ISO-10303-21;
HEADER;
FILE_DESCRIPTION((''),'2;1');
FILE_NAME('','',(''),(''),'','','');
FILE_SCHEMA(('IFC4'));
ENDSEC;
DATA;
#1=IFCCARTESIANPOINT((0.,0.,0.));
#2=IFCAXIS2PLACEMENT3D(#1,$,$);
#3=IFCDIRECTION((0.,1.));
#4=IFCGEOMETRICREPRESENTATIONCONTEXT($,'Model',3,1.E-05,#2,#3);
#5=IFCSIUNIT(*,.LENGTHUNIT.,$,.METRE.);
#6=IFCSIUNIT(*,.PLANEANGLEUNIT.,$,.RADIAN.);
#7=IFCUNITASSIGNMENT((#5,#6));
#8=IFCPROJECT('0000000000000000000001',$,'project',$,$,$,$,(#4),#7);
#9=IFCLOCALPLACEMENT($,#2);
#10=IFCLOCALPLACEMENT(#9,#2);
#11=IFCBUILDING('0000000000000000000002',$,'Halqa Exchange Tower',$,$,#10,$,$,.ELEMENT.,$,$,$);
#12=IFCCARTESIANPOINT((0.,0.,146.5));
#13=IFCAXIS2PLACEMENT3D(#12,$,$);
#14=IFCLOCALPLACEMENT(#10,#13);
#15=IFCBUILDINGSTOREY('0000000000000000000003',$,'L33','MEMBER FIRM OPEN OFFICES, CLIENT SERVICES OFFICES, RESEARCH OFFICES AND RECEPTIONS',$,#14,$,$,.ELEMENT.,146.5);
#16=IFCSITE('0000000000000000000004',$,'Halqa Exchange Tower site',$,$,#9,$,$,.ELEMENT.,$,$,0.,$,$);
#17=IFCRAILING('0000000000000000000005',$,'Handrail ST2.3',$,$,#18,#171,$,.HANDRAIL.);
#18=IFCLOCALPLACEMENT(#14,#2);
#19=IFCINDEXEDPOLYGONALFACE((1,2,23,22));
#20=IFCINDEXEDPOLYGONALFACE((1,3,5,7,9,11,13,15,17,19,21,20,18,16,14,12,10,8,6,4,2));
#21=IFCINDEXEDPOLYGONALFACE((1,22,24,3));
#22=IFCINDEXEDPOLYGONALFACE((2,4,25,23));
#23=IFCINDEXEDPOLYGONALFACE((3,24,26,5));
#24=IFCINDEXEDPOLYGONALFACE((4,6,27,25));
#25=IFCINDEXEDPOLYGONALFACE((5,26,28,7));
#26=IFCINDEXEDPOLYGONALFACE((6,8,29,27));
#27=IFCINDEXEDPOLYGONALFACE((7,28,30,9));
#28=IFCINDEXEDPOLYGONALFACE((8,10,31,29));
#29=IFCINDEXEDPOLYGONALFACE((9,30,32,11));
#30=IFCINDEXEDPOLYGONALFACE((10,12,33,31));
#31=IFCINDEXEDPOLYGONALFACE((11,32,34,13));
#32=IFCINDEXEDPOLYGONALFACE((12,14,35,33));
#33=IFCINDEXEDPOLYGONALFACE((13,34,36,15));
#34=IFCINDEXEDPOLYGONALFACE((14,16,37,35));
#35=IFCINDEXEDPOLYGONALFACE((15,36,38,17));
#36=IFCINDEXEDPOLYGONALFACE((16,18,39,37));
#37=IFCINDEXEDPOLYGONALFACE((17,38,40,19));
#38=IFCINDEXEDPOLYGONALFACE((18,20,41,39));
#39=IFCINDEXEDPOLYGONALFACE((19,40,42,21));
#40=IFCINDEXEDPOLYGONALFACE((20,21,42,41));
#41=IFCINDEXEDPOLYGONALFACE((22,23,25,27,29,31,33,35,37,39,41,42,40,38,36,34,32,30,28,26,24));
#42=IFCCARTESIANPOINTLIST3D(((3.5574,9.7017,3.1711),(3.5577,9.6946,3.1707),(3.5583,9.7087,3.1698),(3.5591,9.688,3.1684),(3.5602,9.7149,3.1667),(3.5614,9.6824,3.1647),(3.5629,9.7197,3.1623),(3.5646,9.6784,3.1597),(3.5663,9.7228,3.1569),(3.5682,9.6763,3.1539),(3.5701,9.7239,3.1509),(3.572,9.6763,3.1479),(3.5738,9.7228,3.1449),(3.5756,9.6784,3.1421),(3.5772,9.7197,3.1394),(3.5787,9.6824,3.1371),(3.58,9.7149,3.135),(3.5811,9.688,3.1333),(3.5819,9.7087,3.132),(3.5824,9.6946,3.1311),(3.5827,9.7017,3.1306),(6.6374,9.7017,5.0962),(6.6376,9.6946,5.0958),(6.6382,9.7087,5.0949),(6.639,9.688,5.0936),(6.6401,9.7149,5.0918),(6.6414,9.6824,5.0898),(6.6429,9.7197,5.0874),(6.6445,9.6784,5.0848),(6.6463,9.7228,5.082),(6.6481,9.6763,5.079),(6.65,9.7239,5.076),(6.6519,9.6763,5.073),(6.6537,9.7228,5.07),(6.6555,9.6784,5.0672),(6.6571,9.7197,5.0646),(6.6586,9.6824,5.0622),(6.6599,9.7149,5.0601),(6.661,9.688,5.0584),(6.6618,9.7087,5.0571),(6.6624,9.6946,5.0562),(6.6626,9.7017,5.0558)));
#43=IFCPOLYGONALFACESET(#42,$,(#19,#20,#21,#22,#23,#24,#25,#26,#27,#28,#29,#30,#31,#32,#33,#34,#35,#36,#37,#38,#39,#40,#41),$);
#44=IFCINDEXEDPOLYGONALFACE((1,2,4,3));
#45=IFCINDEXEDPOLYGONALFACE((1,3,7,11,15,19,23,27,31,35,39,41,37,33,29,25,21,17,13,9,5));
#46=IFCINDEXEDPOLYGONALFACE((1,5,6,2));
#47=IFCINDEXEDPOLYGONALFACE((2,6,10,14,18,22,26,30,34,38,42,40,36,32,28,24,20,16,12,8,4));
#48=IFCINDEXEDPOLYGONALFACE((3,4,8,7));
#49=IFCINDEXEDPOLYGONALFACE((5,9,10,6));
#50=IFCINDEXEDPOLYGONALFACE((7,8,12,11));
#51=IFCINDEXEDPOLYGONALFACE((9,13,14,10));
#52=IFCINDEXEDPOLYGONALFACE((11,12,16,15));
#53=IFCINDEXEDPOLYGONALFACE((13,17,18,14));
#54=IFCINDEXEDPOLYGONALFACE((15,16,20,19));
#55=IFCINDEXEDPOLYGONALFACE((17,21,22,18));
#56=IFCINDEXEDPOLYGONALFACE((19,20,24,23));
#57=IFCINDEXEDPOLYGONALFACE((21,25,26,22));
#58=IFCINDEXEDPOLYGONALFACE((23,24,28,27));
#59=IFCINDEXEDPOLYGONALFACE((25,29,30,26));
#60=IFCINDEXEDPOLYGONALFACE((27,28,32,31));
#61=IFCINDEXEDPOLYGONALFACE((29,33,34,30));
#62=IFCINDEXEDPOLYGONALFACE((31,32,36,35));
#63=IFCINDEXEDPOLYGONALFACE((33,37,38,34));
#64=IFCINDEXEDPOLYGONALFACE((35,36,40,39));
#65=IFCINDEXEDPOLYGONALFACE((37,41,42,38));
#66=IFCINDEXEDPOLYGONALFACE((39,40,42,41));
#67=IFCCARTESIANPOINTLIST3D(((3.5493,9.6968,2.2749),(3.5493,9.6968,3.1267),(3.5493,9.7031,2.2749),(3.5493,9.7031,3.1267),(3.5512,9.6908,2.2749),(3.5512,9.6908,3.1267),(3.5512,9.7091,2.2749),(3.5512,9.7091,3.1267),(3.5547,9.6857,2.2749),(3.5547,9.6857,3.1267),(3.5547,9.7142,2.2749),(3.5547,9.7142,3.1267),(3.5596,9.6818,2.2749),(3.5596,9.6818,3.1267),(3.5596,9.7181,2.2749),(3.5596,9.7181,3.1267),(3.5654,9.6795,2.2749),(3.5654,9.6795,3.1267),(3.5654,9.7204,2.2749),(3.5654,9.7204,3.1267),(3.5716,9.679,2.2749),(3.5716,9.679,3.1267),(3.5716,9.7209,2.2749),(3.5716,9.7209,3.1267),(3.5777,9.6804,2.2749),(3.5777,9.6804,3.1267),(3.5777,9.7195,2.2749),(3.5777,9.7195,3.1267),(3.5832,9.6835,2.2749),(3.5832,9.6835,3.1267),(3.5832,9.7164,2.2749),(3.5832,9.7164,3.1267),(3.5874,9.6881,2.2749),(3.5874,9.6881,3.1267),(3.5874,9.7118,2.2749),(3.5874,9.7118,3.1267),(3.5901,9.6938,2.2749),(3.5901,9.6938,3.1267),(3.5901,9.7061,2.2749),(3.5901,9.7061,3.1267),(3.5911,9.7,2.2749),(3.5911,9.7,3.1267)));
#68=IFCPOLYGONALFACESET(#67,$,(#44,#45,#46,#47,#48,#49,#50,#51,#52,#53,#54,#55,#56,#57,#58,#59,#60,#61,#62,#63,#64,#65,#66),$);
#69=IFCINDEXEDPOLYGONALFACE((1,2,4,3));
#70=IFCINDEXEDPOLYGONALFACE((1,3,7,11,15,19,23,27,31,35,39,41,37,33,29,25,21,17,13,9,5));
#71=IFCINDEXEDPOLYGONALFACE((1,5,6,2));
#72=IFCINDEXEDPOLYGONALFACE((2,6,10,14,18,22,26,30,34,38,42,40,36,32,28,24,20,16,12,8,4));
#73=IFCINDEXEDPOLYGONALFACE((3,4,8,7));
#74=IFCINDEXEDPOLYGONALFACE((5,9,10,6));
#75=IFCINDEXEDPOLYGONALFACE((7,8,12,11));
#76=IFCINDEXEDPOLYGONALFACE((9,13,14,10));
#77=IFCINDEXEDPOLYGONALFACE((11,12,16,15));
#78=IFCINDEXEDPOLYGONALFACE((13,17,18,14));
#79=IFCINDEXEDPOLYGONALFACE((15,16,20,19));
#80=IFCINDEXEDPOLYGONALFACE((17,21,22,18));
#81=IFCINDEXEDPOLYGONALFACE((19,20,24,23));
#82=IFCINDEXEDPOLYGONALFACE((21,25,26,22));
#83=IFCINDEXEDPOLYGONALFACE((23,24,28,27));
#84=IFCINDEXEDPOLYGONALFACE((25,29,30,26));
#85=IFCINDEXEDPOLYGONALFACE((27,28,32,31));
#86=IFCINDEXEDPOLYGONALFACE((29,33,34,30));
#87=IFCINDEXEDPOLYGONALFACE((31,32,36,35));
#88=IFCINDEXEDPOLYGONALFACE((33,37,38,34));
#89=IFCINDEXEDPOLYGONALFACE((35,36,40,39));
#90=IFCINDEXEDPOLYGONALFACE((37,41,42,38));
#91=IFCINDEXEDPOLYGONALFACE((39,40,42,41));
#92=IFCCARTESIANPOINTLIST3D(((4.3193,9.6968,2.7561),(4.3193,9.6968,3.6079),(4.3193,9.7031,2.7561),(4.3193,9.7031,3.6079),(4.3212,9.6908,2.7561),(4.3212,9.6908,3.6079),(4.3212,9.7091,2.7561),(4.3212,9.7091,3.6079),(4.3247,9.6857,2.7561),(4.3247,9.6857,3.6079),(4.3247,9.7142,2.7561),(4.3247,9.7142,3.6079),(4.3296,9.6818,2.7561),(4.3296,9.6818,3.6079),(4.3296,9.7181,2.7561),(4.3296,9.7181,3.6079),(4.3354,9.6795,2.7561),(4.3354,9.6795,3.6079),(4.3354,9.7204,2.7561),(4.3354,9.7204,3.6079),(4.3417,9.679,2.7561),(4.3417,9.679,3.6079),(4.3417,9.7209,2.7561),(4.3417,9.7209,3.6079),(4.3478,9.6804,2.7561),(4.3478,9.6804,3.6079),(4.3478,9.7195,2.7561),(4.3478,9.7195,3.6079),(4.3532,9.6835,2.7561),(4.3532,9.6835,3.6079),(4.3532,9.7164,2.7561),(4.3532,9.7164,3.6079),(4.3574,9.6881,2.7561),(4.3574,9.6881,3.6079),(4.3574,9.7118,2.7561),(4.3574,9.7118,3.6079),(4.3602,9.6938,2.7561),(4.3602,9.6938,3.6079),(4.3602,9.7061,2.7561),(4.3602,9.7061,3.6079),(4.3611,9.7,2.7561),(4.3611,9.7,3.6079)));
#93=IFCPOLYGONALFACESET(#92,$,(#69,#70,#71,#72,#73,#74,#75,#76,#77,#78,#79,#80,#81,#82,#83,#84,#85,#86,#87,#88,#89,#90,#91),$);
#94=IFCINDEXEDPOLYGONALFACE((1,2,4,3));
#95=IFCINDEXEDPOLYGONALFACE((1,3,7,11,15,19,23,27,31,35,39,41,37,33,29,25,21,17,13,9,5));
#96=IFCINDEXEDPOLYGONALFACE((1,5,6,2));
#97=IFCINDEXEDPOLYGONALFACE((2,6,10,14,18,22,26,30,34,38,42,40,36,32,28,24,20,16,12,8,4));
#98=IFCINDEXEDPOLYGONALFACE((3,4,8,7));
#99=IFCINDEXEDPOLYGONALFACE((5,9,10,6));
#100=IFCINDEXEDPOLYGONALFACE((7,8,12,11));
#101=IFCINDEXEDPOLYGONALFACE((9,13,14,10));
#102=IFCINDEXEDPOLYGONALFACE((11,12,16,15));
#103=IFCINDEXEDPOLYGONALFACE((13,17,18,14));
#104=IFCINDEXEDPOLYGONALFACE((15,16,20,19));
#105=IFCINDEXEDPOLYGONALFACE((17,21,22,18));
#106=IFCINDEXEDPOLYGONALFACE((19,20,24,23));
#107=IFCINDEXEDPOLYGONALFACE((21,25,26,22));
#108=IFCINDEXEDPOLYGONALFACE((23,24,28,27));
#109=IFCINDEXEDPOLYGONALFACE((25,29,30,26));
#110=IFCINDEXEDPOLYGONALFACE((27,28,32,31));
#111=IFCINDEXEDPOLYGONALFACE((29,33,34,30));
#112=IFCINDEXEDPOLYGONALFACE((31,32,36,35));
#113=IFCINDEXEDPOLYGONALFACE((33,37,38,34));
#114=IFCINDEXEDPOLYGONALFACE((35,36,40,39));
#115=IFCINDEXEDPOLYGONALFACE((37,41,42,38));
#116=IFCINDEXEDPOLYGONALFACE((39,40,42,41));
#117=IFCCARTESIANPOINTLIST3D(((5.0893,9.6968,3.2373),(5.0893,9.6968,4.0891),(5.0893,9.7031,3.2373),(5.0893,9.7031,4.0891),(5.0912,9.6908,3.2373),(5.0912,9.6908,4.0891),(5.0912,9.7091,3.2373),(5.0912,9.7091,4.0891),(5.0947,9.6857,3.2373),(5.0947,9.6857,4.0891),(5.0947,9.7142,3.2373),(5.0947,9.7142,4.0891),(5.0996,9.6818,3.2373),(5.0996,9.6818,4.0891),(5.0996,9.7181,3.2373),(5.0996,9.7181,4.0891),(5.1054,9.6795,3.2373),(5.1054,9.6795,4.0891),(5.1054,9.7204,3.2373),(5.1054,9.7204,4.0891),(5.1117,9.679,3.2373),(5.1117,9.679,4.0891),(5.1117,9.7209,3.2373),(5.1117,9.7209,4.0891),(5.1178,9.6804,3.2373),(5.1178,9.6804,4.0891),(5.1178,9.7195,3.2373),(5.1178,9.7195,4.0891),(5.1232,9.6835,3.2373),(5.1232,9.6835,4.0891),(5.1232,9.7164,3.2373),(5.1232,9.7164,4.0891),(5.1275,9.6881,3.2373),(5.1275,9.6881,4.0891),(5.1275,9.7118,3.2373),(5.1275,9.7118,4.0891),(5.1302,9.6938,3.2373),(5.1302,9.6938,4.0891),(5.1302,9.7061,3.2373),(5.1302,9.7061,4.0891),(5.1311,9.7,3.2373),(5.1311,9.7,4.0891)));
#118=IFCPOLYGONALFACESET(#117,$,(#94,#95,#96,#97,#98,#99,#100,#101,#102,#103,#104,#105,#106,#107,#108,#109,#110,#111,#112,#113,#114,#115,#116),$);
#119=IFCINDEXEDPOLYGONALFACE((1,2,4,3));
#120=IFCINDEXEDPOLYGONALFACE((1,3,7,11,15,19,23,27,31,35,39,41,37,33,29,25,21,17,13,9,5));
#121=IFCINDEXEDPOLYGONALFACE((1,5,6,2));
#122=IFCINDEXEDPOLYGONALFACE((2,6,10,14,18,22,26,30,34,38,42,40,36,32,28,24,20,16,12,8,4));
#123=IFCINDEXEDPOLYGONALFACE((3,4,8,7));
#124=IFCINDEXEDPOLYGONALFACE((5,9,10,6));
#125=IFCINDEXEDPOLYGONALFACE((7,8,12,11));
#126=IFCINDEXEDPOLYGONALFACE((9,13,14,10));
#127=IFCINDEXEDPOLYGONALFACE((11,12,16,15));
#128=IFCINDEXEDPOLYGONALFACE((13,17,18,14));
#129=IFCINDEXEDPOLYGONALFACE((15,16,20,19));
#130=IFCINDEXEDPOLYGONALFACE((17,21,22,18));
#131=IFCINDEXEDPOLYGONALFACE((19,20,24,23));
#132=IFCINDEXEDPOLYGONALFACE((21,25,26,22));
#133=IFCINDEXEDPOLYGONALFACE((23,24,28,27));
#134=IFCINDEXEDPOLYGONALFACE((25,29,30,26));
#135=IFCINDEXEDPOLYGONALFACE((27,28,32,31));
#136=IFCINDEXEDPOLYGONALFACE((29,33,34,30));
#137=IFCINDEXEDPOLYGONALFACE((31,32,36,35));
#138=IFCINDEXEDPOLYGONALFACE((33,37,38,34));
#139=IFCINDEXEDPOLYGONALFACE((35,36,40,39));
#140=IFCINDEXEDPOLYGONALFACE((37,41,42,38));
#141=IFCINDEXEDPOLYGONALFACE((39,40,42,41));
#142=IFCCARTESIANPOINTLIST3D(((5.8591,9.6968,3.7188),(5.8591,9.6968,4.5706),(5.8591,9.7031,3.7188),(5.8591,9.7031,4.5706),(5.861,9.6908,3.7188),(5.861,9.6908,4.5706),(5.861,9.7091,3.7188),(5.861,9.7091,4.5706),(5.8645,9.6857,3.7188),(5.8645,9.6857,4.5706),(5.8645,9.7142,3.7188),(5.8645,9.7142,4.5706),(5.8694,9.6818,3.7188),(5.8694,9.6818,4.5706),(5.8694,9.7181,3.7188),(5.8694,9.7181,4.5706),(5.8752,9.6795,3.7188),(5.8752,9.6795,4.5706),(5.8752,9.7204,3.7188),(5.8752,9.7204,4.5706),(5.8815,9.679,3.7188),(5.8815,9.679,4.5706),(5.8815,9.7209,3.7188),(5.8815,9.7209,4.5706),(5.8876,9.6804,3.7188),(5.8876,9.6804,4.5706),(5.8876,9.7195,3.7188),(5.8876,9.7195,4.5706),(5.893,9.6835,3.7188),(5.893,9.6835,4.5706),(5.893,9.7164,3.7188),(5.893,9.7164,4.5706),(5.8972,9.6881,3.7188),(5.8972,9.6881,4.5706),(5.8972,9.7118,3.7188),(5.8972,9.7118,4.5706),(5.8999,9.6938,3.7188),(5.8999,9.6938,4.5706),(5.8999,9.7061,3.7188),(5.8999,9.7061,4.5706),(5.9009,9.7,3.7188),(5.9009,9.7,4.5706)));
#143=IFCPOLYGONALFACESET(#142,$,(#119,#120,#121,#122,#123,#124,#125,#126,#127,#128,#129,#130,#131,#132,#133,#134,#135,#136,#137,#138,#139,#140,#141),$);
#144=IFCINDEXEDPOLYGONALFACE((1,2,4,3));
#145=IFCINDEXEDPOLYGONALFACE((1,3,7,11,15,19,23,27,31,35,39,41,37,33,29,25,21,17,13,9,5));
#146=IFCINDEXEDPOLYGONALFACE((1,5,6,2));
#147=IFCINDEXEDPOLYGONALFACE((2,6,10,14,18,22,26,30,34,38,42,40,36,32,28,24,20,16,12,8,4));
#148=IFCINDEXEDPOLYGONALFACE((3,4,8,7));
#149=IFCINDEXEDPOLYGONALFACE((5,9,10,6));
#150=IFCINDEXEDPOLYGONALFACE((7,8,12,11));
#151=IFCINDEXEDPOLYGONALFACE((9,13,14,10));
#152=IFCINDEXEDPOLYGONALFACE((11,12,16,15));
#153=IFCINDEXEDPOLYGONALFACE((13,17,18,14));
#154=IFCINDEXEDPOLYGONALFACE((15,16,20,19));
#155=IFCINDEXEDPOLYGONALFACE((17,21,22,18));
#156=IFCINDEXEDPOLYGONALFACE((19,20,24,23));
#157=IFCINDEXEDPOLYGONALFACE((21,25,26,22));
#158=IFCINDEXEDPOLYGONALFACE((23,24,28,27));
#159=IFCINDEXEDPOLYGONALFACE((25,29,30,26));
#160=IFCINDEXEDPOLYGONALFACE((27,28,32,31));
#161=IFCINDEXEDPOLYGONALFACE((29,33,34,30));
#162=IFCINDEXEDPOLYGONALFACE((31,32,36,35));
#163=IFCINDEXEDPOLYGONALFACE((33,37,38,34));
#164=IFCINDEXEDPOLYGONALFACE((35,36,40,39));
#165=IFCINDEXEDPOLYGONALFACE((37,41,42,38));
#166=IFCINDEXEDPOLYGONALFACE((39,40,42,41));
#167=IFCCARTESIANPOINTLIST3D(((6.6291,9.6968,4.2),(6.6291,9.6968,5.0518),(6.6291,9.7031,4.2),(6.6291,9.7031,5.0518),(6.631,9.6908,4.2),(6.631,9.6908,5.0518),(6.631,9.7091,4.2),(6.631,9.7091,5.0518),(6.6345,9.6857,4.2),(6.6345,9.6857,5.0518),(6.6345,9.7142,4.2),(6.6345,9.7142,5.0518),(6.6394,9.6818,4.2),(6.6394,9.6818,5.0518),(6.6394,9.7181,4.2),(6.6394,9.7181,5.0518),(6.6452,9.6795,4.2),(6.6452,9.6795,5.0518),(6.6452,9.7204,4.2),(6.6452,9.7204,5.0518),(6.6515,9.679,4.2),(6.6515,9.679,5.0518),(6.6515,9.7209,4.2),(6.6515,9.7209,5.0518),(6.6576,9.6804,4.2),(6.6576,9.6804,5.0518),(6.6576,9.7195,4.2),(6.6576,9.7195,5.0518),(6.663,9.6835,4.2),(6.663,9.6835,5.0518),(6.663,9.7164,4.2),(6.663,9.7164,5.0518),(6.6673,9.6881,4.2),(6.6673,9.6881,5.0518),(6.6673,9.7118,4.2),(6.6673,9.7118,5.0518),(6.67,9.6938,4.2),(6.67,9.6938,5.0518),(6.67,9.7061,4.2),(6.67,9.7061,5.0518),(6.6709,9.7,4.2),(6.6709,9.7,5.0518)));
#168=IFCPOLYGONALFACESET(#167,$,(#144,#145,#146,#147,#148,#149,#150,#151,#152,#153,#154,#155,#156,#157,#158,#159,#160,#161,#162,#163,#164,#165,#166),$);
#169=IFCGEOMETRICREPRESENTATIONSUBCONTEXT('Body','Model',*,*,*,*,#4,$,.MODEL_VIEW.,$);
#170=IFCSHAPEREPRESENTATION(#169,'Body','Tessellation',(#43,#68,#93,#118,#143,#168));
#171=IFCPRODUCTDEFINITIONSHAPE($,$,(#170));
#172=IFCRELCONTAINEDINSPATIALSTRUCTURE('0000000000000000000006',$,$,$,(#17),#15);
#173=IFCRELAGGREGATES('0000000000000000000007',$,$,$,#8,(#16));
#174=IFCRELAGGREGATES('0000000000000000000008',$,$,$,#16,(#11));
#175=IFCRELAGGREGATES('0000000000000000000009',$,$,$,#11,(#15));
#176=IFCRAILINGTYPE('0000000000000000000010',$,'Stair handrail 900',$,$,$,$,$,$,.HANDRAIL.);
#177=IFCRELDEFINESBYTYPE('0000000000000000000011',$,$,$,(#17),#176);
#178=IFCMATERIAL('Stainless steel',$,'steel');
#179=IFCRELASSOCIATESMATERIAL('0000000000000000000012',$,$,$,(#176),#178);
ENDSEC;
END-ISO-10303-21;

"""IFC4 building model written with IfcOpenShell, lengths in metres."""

from ifc_helpers import new_model, si_unit, direction, frame, origin, origin_2d, place, context, subcontext, project, spatial, circle, extrude, material, type_object, element, save


model = new_model("IFC4")

# Units and contexts
model_context = context("Model", 3, precision=1e-05, world=origin(), true_north=direction((0.0, 1.0)))
body_context = subcontext(model_context, "Body", "Model", "MODEL_VIEW")
ifc_project = project(units=[si_unit("LENGTHUNIT", "METRE"), si_unit("PLANEANGLEUNIT", "RADIAN")], contexts=[model_context])

# Site, building, storey
site_placement = place(None, origin())
site = spatial("IfcSite", under=ifc_project, at=site_placement, Name="Halqa Exchange Tower site", CompositionType="ELEMENT", RefElevation=0.0)
building_placement = place(site_placement, origin())
building = spatial("IfcBuilding", under=site, at=building_placement, Name="Halqa Exchange Tower", CompositionType="ELEMENT")
storey_placement = place(building_placement, frame((0.0, 0.0, 146.5)))
storey = spatial("IfcBuildingStorey", under=building, at=storey_placement, Name="L33", Description="MEMBER FIRM OPEN OFFICES, CLIENT SERVICES OFFICES, RESEARCH OFFICES AND RECEPTIONS", CompositionType="ELEMENT", Elevation=146.5)

# Railing
ifc_material_1 = material(Name="Stainless steel", Category="steel")
railing_type_1 = type_object("IfcRailingType", Name="Stair handrail 900", PredefinedType="HANDRAIL", material=ifc_material_1)
railing_1_placement = place(storey_placement, frame((3.5701, 9.7, 2.2749)))
element("IfcRailing", 1, at=railing_1_placement, inside=storey, type_object=railing_type_1, Name="Handrail ST2.3", PredefinedType="HANDRAIL", context=body_context, shape_type="SweptSolid", body=[
    extrude(circle(Radius=0.0239, at=origin_2d()), frame((0.0, 0.0, 0.876), z_axis=(0.847979, 0.0, 0.530029), x_axis=(0.0, 1.0, 0.0)), (0.0, 0.0, 1.0), 3.6321),
    extrude(circle(Radius=0.021, at=origin_2d()), origin(), (0.0, 0.0, 1.0), 0.8518),
    extrude(circle(Radius=0.021, at=origin_2d()), frame((0.77, 0.0, 0.4812)), (0.0, 0.0, 1.0), 0.8518),
    extrude(circle(Radius=0.021, at=origin_2d()), frame((1.54, 0.0, 0.9624)), (0.0, 0.0, 1.0), 0.8518),
    extrude(circle(Radius=0.021, at=origin_2d()), frame((2.3098, 0.0, 1.4438)), (0.0, 0.0, 1.0), 0.8518),
    extrude(circle(Radius=0.021, at=origin_2d()), frame((3.0798, 0.0, 1.925)), (0.0, 0.0, 1.0), 0.8518),
])

save(model, "model.ifc")
